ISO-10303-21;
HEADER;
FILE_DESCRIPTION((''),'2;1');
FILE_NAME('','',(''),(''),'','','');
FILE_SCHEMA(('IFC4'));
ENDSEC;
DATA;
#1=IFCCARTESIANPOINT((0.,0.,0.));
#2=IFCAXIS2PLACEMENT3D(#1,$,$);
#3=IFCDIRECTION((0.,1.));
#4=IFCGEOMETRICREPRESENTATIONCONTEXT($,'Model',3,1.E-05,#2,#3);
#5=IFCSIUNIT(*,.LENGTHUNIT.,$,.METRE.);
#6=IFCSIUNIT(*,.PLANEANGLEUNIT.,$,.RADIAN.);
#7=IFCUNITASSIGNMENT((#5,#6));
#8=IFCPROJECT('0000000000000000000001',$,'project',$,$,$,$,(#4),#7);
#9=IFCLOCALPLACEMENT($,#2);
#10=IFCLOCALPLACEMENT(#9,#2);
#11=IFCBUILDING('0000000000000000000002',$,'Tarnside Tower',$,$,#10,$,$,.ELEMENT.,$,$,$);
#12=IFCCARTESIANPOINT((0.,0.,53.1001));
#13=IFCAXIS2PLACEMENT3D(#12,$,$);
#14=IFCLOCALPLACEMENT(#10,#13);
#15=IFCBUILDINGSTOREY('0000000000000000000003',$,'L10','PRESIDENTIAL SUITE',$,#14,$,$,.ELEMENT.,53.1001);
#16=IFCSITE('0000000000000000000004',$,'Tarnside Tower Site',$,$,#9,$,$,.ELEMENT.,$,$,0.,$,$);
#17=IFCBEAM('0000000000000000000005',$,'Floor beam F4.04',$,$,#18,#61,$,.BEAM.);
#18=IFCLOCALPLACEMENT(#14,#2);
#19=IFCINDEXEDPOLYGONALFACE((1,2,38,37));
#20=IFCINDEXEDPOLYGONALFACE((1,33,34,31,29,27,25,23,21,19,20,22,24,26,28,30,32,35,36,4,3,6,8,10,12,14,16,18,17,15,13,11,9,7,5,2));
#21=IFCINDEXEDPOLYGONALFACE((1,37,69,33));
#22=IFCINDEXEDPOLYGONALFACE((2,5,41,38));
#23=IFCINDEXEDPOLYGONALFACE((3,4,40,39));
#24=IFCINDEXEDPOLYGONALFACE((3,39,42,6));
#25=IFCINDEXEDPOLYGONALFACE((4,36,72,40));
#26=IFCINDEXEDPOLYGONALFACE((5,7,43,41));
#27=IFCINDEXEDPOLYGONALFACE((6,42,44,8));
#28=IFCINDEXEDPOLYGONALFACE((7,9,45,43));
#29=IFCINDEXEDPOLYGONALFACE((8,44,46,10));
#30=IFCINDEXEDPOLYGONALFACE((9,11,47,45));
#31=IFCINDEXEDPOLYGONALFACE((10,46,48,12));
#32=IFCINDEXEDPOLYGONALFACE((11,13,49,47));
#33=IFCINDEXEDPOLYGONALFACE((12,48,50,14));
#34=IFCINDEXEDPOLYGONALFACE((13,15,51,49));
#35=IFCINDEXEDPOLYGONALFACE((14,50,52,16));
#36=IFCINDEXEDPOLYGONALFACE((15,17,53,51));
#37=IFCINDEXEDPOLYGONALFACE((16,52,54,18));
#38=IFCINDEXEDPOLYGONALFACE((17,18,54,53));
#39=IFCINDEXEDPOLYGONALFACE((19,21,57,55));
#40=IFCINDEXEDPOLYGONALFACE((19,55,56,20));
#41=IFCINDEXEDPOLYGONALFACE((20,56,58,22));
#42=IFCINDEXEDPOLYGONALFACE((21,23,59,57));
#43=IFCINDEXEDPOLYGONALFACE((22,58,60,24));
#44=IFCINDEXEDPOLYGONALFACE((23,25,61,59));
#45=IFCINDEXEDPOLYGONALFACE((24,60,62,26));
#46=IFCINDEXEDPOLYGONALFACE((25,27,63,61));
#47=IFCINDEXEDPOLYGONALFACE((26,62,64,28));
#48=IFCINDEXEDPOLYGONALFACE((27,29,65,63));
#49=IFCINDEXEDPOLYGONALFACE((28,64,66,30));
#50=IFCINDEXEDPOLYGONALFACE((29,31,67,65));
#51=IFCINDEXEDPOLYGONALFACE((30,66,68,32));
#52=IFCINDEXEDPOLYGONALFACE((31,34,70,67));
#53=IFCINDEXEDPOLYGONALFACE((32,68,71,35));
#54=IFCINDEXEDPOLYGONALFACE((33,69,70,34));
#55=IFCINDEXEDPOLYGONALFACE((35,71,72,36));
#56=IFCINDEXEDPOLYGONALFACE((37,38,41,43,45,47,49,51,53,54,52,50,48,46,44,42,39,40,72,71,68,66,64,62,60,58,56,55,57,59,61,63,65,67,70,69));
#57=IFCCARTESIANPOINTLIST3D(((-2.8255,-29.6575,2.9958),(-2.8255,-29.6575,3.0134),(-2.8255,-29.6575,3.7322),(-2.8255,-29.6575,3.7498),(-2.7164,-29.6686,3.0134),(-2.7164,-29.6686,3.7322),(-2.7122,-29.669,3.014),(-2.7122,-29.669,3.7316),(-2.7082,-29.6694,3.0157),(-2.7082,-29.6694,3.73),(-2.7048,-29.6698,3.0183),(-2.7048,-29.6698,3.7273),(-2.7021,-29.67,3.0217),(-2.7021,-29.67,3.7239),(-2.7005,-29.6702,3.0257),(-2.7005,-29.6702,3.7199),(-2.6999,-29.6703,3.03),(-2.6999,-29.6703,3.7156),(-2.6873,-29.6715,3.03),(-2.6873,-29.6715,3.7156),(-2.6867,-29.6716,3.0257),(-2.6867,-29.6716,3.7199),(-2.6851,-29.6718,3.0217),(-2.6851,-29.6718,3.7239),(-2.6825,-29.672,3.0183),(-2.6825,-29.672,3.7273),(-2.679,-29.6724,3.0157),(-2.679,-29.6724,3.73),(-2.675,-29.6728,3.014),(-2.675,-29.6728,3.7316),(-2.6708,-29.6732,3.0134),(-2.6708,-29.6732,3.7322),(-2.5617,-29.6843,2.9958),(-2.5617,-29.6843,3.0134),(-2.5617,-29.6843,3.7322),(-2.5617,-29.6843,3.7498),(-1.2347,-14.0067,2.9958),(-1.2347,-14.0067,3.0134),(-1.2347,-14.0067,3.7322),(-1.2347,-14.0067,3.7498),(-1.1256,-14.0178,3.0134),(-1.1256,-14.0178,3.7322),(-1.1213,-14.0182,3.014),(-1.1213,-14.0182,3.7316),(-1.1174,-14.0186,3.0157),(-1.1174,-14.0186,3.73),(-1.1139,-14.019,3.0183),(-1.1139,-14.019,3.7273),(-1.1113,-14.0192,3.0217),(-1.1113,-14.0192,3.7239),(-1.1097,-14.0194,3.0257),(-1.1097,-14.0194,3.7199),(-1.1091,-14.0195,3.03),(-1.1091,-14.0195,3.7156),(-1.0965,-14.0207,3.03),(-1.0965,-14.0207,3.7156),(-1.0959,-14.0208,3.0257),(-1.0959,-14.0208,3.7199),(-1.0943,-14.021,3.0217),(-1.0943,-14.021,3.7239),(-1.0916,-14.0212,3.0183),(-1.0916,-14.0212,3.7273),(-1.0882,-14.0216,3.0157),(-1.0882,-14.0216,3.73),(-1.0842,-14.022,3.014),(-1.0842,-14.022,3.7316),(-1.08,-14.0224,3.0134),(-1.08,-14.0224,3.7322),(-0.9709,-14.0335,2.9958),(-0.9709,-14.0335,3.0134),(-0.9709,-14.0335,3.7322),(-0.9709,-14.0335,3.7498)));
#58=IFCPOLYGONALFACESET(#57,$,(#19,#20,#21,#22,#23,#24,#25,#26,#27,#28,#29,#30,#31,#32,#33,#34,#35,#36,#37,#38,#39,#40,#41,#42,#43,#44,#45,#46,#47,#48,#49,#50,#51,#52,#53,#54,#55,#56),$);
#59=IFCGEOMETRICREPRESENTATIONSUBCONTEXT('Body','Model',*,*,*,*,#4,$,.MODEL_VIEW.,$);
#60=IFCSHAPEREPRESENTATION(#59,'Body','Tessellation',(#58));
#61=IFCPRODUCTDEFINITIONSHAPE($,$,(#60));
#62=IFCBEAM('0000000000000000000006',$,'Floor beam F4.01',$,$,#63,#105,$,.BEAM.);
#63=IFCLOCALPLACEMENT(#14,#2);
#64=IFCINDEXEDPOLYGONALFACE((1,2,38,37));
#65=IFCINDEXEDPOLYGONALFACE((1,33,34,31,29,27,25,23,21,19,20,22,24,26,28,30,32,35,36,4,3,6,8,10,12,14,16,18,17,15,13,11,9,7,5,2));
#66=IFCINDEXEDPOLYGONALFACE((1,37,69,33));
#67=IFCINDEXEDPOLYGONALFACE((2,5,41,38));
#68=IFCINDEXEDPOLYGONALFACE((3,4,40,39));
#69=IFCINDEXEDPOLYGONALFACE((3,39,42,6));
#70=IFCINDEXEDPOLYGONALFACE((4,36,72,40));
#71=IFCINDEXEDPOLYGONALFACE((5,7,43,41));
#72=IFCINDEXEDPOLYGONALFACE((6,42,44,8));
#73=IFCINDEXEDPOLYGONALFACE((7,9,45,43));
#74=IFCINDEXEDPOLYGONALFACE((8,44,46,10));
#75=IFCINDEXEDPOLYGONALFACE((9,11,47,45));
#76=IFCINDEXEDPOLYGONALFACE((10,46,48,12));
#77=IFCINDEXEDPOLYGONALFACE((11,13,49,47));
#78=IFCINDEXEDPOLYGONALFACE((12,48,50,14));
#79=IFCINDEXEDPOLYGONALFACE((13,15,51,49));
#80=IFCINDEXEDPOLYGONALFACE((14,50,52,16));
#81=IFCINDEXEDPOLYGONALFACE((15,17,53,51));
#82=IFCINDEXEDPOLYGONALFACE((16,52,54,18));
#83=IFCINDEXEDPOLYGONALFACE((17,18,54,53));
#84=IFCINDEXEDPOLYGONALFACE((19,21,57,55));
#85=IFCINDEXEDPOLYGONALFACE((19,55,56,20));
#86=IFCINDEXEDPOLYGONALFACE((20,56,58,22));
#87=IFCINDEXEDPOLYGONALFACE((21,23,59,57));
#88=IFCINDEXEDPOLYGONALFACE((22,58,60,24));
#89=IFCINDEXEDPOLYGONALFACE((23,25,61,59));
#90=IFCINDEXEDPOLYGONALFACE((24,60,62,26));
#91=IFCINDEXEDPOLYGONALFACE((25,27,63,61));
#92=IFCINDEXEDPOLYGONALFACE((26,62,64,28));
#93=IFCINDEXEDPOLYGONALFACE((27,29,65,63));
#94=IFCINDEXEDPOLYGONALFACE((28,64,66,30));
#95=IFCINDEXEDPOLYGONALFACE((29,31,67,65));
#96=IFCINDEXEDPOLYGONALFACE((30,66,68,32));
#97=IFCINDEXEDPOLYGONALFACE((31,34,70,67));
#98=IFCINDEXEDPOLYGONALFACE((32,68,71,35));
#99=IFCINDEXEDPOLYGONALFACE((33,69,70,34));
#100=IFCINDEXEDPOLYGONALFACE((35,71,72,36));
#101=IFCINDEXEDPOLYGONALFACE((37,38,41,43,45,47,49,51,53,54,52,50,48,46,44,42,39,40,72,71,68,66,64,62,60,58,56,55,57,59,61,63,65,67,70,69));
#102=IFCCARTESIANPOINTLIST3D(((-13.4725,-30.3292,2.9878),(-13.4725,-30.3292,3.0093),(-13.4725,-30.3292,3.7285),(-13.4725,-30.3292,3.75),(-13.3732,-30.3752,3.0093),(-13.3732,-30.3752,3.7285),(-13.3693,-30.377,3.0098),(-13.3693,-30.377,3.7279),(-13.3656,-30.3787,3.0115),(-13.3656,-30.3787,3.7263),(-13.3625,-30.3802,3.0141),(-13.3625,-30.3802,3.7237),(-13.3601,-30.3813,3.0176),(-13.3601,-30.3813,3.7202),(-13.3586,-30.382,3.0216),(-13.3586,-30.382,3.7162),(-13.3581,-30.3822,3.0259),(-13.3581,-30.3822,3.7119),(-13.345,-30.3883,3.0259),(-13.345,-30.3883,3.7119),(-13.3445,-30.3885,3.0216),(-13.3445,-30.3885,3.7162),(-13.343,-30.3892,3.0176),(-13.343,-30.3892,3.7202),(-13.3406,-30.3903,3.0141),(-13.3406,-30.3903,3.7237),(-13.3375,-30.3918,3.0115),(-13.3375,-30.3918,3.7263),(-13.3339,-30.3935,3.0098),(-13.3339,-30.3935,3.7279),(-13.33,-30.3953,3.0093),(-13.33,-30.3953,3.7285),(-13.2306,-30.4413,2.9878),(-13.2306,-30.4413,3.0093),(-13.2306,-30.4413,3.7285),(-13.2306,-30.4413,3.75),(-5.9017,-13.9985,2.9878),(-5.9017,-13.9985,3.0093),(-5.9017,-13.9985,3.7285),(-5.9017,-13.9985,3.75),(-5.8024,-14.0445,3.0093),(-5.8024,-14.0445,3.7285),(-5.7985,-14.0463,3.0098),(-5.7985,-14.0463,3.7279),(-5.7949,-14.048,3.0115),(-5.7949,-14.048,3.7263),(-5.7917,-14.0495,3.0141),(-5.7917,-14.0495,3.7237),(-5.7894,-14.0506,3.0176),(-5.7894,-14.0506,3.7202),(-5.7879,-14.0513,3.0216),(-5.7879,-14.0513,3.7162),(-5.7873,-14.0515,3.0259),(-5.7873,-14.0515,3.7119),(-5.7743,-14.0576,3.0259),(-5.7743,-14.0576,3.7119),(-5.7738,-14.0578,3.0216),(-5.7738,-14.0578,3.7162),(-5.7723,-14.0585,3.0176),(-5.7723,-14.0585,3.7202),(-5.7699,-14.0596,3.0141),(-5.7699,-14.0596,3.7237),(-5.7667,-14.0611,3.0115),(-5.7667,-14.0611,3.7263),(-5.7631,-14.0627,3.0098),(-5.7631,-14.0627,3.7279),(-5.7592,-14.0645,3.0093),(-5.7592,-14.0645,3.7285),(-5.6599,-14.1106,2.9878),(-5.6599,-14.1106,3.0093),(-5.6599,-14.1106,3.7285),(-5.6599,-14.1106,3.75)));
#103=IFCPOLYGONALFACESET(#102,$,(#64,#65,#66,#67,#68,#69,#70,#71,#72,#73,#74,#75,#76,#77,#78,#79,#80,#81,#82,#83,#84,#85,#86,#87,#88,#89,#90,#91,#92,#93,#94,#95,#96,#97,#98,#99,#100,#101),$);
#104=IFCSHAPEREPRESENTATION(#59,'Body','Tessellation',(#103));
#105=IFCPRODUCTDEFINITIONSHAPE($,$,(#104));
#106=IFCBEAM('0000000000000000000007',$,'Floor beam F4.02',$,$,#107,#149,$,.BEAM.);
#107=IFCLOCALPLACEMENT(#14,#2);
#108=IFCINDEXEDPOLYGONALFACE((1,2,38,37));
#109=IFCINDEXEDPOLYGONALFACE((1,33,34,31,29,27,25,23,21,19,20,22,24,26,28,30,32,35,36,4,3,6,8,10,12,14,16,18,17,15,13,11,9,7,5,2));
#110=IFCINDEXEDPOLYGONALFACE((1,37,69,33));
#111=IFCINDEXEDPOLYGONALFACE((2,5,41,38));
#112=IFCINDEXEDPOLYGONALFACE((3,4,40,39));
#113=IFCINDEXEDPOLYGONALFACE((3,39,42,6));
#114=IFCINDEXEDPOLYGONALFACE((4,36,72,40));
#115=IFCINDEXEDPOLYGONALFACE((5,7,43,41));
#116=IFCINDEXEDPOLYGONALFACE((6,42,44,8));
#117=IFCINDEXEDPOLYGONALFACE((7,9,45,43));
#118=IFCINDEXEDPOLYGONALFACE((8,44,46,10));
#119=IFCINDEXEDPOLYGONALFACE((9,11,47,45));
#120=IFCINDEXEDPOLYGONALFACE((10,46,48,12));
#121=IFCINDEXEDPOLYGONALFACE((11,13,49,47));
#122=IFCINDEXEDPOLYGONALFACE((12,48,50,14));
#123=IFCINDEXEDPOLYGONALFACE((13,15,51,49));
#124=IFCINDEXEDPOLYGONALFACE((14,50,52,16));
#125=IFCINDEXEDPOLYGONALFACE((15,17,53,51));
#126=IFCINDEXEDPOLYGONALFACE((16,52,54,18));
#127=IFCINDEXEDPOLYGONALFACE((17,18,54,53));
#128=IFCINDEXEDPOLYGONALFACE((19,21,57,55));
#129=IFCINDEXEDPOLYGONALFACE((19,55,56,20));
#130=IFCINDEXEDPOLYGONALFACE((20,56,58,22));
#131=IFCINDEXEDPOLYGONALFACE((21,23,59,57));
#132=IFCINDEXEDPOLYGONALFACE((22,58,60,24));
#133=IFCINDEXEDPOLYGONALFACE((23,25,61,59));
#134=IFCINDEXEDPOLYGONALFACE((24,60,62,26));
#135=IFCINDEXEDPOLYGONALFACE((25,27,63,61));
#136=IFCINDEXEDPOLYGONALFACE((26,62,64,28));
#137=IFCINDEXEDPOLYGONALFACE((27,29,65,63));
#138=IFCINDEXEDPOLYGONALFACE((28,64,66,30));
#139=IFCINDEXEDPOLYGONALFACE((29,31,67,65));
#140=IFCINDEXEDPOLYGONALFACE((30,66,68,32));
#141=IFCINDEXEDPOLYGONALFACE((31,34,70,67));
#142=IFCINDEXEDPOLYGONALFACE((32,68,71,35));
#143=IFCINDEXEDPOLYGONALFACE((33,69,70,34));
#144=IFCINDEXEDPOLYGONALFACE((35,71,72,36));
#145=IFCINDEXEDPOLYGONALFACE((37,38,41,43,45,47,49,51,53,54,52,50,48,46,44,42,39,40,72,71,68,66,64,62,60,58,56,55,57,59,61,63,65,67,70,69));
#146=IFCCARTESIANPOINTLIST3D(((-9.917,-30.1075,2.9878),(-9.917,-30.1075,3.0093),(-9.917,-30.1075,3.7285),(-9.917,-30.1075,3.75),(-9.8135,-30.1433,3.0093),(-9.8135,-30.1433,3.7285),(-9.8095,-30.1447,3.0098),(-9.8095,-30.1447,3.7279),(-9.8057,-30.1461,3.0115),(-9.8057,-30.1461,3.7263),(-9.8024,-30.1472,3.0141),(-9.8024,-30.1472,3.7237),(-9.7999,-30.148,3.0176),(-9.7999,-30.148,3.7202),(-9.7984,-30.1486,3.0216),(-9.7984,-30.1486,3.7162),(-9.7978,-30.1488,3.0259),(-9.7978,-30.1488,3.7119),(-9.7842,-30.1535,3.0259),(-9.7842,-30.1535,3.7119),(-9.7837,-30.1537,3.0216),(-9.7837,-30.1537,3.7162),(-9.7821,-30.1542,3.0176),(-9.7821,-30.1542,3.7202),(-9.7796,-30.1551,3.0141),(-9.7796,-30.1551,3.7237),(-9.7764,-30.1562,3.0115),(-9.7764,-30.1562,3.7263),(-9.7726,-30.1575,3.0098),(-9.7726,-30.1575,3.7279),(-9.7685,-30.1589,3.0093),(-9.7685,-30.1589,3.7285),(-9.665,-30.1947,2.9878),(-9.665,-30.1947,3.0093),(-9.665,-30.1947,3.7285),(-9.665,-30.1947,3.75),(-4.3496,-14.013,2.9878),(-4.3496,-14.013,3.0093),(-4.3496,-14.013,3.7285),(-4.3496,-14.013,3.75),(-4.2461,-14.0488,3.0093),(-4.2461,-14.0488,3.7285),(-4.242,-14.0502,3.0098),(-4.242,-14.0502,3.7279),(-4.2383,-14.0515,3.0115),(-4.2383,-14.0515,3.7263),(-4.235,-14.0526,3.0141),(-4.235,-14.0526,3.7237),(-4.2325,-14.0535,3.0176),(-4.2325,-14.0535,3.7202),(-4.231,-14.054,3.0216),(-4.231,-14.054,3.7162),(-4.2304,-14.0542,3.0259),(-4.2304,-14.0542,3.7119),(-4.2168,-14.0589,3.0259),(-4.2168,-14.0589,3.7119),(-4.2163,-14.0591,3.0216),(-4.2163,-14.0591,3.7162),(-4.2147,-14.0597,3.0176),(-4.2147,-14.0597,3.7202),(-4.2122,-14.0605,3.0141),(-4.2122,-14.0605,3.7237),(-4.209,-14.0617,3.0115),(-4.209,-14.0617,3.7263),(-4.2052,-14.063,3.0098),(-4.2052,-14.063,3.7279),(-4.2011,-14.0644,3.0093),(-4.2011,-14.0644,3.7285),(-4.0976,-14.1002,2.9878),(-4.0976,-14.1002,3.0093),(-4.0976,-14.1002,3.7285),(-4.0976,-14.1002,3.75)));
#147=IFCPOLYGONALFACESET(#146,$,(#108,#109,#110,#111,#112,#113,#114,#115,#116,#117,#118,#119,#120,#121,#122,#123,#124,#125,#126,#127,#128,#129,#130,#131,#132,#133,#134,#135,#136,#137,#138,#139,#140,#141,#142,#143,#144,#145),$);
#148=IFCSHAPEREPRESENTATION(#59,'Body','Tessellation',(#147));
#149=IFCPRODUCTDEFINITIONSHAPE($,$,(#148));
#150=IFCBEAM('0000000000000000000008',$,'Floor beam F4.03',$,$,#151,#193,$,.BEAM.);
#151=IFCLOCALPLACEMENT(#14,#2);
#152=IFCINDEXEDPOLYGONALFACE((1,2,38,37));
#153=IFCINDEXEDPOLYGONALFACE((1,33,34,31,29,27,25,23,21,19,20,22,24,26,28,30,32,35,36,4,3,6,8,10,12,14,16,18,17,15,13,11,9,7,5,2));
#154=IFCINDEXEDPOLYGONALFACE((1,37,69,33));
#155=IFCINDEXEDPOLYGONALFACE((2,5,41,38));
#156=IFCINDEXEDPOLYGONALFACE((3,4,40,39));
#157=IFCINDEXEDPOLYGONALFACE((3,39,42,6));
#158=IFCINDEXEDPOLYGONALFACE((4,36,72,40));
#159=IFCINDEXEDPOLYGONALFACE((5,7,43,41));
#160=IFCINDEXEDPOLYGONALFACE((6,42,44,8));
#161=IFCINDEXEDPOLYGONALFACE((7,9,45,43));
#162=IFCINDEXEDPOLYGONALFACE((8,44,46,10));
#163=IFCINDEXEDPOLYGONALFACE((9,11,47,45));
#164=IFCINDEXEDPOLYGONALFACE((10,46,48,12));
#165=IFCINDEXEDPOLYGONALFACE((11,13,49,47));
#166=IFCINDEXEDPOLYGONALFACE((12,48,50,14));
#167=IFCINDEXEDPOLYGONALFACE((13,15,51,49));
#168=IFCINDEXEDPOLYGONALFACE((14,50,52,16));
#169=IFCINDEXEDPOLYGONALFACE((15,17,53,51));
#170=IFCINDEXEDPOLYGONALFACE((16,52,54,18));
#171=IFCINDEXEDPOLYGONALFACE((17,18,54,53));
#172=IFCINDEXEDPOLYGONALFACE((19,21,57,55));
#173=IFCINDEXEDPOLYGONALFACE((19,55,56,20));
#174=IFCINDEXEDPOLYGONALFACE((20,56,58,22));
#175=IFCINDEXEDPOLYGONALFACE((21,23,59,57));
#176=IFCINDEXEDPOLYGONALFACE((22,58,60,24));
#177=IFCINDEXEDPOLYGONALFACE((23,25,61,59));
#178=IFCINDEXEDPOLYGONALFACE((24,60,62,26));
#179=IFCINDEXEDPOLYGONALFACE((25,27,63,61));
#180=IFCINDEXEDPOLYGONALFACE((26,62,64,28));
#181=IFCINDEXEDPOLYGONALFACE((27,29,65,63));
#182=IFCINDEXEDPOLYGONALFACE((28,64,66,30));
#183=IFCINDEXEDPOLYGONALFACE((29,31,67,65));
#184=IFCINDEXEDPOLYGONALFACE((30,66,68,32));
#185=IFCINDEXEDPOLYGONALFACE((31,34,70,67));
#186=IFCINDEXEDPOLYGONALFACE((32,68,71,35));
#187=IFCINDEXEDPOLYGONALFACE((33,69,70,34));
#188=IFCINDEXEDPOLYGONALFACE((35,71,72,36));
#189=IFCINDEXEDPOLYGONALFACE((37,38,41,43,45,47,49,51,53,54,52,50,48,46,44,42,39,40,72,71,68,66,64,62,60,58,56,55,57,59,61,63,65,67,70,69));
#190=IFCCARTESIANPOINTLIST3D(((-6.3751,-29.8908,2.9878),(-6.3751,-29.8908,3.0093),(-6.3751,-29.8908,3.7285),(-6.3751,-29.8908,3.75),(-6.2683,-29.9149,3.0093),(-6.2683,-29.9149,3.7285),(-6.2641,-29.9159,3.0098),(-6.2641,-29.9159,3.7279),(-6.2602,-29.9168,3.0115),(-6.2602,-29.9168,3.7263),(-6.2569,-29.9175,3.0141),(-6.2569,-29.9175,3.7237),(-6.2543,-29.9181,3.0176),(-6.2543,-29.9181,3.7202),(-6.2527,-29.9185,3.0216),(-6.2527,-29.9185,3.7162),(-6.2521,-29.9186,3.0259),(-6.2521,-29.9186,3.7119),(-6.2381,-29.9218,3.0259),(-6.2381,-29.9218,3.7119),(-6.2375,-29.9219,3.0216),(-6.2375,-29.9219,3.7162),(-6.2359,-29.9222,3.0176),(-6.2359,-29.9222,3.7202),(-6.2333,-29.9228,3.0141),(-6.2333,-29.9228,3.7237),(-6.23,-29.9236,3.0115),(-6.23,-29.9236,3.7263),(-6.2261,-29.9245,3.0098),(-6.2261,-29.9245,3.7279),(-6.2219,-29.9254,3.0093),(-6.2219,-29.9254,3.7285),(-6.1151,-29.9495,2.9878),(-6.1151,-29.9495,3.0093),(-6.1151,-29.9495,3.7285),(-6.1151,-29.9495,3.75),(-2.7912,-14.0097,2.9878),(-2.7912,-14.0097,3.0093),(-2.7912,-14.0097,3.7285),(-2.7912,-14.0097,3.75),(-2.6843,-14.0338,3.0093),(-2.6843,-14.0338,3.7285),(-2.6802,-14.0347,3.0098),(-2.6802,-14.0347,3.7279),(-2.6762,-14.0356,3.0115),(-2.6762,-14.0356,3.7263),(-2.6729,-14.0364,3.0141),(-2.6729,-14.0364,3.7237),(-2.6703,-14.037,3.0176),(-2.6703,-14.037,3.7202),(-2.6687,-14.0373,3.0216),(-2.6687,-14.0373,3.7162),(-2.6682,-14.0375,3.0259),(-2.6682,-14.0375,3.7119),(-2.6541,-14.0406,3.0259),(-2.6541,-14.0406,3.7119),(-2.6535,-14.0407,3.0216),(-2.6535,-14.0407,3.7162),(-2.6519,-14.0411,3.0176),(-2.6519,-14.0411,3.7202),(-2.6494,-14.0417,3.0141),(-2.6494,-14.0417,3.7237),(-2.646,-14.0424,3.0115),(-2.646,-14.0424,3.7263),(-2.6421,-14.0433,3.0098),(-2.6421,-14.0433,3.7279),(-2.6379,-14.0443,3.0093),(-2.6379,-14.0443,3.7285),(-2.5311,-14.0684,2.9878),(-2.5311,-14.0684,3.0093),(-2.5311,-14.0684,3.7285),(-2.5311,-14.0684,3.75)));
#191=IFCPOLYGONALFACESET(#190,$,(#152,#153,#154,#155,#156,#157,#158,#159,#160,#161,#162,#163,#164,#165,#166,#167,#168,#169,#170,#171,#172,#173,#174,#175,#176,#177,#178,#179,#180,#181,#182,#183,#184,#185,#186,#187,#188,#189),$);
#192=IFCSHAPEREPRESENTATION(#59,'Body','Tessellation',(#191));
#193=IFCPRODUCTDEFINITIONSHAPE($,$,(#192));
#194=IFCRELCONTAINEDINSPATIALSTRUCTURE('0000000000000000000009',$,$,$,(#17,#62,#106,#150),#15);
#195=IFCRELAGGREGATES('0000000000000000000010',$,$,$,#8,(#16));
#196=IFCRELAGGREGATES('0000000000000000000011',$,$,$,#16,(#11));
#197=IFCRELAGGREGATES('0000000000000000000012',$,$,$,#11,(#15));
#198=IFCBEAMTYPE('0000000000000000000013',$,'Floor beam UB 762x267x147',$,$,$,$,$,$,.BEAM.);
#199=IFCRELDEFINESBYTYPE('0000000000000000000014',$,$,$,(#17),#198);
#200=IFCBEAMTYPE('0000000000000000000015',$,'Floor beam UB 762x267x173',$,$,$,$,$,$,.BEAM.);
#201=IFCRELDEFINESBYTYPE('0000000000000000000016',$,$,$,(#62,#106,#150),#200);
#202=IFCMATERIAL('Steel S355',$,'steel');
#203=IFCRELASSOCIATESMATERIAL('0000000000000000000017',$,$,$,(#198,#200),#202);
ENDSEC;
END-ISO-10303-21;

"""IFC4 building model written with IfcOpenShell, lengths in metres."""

from ifc_helpers import new_model, si_unit, direction, frame, origin, origin_2d, place, context, subcontext, project, spatial, i_section, extrude, material, material_profile, profile_set, type_object, element, save


model = new_model("IFC4")

# Units and contexts
model_context = context("Model", 3, precision=1e-05, world=origin(), true_north=direction((0.0, 1.0)))
body_context = subcontext(model_context, "Body", "Model", "MODEL_VIEW")
ifc_project = project(units=[si_unit("LENGTHUNIT", "METRE"), si_unit("PLANEANGLEUNIT", "RADIAN")], contexts=[model_context])

# Site, building, storey
site_placement = place(None, origin())
site = spatial("IfcSite", under=ifc_project, at=site_placement, Name="Tarnside Tower Site", CompositionType="ELEMENT", RefElevation=0.0)
building_placement = place(site_placement, origin())
building = spatial("IfcBuilding", under=site, at=building_placement, Name="Tarnside Tower", CompositionType="ELEMENT")
storey_placement = place(building_placement, frame((0.0, 0.0, 53.1001)))
storey = spatial("IfcBuildingStorey", under=building, at=storey_placement, Name="L10", Description="PRESIDENTIAL SUITE", CompositionType="ELEMENT", Elevation=53.1001)

# Beams
ifc_material_1 = material(Name="Steel S355", Category="steel")
ifc_material_profile_1 = material_profile(ifc_material_1, i_section(OverallWidth=0.2651, OverallDepth=0.7539, WebThickness=0.0127, FlangeThickness=0.0176, FilletRadius=0.0166, at=origin_2d()), Name="UB 762x267x147")
ifc_profile_set_1 = profile_set([ifc_material_profile_1], Name="Steel S355")
beam_type_1 = type_object("IfcBeamType", Name="Floor beam UB 762x267x147", PredefinedType="BEAM", material=ifc_profile_set_1)
beam_1_placement = place(storey_placement, frame((-2.6936, -29.6709, 3.3728), z_axis=(0.101123, 0.994874, 0.0), x_axis=(-0.994874, 0.101123, 0.0)))
element("IfcBeam", 1, at=beam_1_placement, inside=storey, type_object=beam_type_1, Name="Floor beam F4.04", PredefinedType="BEAM", context=body_context, shape_type="SweptSolid", body=[
    extrude(i_section(OverallWidth=0.2651, OverallDepth=0.7539, WebThickness=0.0127, FlangeThickness=0.0176, FilletRadius=0.0166, at=origin_2d()), origin(), (0.0, 0.0, 1.0), 15.7314),
])
ifc_material_profile_2 = material_profile(ifc_material_1, i_section(OverallWidth=0.2666, OverallDepth=0.7622, WebThickness=0.0144, FlangeThickness=0.0215, FilletRadius=0.0166, at=origin_2d()), Name="UB 762x267x173")
ifc_profile_set_2 = profile_set([ifc_material_profile_2], Name="Steel S355")
beam_type_2 = type_object("IfcBeamType", Name="Floor beam UB 762x267x173", PredefinedType="BEAM", material=ifc_profile_set_2)
beam_2_placement = place(storey_placement, frame((-13.3516, -30.3853, 3.3689), z_axis=(0.420592, 0.90725, 0.0), x_axis=(-0.90725, 0.420592, 0.0)))
element("IfcBeam", 2, at=beam_2_placement, inside=storey, type_object=beam_type_2, Name="Floor beam F4.01", PredefinedType="BEAM", context=body_context, shape_type="SweptSolid", body=[
    extrude(i_section(OverallWidth=0.2666, OverallDepth=0.7622, WebThickness=0.0144, FlangeThickness=0.0215, FilletRadius=0.0166, at=origin_2d()), origin(), (0.0, 0.0, 1.0), 18.0002),
])
beam_3_placement = place(storey_placement, frame((-9.791, -30.1511, 3.3689), z_axis=(0.326912, 0.945055, 0.0), x_axis=(-0.945055, 0.326912, 0.0)))
element("IfcBeam", 3, at=beam_3_placement, inside=storey, type_object=beam_type_2, Name="Floor beam F4.02", PredefinedType="BEAM", context=body_context, shape_type="SweptSolid", body=[
    extrude(i_section(OverallWidth=0.2666, OverallDepth=0.7622, WebThickness=0.0144, FlangeThickness=0.0215, FilletRadius=0.0166, at=origin_2d()), origin(), (0.0, 0.0, 1.0), 17.0303),
])
beam_4_placement = place(storey_placement, frame((-6.2451, -29.9202, 3.3689), z_axis=(0.22014, 0.975468, 0.0), x_axis=(-0.975468, 0.22014, 0.0)))
element("IfcBeam", 4, at=beam_4_placement, inside=storey, type_object=beam_type_2, Name="Floor beam F4.03", PredefinedType="BEAM", context=body_context, shape_type="SweptSolid", body=[
    extrude(i_section(OverallWidth=0.2666, OverallDepth=0.7622, WebThickness=0.0144, FlangeThickness=0.0215, FilletRadius=0.0166, at=origin_2d()), origin(), (0.0, 0.0, 1.0), 16.2805),
])

save(model, "model.ifc")
